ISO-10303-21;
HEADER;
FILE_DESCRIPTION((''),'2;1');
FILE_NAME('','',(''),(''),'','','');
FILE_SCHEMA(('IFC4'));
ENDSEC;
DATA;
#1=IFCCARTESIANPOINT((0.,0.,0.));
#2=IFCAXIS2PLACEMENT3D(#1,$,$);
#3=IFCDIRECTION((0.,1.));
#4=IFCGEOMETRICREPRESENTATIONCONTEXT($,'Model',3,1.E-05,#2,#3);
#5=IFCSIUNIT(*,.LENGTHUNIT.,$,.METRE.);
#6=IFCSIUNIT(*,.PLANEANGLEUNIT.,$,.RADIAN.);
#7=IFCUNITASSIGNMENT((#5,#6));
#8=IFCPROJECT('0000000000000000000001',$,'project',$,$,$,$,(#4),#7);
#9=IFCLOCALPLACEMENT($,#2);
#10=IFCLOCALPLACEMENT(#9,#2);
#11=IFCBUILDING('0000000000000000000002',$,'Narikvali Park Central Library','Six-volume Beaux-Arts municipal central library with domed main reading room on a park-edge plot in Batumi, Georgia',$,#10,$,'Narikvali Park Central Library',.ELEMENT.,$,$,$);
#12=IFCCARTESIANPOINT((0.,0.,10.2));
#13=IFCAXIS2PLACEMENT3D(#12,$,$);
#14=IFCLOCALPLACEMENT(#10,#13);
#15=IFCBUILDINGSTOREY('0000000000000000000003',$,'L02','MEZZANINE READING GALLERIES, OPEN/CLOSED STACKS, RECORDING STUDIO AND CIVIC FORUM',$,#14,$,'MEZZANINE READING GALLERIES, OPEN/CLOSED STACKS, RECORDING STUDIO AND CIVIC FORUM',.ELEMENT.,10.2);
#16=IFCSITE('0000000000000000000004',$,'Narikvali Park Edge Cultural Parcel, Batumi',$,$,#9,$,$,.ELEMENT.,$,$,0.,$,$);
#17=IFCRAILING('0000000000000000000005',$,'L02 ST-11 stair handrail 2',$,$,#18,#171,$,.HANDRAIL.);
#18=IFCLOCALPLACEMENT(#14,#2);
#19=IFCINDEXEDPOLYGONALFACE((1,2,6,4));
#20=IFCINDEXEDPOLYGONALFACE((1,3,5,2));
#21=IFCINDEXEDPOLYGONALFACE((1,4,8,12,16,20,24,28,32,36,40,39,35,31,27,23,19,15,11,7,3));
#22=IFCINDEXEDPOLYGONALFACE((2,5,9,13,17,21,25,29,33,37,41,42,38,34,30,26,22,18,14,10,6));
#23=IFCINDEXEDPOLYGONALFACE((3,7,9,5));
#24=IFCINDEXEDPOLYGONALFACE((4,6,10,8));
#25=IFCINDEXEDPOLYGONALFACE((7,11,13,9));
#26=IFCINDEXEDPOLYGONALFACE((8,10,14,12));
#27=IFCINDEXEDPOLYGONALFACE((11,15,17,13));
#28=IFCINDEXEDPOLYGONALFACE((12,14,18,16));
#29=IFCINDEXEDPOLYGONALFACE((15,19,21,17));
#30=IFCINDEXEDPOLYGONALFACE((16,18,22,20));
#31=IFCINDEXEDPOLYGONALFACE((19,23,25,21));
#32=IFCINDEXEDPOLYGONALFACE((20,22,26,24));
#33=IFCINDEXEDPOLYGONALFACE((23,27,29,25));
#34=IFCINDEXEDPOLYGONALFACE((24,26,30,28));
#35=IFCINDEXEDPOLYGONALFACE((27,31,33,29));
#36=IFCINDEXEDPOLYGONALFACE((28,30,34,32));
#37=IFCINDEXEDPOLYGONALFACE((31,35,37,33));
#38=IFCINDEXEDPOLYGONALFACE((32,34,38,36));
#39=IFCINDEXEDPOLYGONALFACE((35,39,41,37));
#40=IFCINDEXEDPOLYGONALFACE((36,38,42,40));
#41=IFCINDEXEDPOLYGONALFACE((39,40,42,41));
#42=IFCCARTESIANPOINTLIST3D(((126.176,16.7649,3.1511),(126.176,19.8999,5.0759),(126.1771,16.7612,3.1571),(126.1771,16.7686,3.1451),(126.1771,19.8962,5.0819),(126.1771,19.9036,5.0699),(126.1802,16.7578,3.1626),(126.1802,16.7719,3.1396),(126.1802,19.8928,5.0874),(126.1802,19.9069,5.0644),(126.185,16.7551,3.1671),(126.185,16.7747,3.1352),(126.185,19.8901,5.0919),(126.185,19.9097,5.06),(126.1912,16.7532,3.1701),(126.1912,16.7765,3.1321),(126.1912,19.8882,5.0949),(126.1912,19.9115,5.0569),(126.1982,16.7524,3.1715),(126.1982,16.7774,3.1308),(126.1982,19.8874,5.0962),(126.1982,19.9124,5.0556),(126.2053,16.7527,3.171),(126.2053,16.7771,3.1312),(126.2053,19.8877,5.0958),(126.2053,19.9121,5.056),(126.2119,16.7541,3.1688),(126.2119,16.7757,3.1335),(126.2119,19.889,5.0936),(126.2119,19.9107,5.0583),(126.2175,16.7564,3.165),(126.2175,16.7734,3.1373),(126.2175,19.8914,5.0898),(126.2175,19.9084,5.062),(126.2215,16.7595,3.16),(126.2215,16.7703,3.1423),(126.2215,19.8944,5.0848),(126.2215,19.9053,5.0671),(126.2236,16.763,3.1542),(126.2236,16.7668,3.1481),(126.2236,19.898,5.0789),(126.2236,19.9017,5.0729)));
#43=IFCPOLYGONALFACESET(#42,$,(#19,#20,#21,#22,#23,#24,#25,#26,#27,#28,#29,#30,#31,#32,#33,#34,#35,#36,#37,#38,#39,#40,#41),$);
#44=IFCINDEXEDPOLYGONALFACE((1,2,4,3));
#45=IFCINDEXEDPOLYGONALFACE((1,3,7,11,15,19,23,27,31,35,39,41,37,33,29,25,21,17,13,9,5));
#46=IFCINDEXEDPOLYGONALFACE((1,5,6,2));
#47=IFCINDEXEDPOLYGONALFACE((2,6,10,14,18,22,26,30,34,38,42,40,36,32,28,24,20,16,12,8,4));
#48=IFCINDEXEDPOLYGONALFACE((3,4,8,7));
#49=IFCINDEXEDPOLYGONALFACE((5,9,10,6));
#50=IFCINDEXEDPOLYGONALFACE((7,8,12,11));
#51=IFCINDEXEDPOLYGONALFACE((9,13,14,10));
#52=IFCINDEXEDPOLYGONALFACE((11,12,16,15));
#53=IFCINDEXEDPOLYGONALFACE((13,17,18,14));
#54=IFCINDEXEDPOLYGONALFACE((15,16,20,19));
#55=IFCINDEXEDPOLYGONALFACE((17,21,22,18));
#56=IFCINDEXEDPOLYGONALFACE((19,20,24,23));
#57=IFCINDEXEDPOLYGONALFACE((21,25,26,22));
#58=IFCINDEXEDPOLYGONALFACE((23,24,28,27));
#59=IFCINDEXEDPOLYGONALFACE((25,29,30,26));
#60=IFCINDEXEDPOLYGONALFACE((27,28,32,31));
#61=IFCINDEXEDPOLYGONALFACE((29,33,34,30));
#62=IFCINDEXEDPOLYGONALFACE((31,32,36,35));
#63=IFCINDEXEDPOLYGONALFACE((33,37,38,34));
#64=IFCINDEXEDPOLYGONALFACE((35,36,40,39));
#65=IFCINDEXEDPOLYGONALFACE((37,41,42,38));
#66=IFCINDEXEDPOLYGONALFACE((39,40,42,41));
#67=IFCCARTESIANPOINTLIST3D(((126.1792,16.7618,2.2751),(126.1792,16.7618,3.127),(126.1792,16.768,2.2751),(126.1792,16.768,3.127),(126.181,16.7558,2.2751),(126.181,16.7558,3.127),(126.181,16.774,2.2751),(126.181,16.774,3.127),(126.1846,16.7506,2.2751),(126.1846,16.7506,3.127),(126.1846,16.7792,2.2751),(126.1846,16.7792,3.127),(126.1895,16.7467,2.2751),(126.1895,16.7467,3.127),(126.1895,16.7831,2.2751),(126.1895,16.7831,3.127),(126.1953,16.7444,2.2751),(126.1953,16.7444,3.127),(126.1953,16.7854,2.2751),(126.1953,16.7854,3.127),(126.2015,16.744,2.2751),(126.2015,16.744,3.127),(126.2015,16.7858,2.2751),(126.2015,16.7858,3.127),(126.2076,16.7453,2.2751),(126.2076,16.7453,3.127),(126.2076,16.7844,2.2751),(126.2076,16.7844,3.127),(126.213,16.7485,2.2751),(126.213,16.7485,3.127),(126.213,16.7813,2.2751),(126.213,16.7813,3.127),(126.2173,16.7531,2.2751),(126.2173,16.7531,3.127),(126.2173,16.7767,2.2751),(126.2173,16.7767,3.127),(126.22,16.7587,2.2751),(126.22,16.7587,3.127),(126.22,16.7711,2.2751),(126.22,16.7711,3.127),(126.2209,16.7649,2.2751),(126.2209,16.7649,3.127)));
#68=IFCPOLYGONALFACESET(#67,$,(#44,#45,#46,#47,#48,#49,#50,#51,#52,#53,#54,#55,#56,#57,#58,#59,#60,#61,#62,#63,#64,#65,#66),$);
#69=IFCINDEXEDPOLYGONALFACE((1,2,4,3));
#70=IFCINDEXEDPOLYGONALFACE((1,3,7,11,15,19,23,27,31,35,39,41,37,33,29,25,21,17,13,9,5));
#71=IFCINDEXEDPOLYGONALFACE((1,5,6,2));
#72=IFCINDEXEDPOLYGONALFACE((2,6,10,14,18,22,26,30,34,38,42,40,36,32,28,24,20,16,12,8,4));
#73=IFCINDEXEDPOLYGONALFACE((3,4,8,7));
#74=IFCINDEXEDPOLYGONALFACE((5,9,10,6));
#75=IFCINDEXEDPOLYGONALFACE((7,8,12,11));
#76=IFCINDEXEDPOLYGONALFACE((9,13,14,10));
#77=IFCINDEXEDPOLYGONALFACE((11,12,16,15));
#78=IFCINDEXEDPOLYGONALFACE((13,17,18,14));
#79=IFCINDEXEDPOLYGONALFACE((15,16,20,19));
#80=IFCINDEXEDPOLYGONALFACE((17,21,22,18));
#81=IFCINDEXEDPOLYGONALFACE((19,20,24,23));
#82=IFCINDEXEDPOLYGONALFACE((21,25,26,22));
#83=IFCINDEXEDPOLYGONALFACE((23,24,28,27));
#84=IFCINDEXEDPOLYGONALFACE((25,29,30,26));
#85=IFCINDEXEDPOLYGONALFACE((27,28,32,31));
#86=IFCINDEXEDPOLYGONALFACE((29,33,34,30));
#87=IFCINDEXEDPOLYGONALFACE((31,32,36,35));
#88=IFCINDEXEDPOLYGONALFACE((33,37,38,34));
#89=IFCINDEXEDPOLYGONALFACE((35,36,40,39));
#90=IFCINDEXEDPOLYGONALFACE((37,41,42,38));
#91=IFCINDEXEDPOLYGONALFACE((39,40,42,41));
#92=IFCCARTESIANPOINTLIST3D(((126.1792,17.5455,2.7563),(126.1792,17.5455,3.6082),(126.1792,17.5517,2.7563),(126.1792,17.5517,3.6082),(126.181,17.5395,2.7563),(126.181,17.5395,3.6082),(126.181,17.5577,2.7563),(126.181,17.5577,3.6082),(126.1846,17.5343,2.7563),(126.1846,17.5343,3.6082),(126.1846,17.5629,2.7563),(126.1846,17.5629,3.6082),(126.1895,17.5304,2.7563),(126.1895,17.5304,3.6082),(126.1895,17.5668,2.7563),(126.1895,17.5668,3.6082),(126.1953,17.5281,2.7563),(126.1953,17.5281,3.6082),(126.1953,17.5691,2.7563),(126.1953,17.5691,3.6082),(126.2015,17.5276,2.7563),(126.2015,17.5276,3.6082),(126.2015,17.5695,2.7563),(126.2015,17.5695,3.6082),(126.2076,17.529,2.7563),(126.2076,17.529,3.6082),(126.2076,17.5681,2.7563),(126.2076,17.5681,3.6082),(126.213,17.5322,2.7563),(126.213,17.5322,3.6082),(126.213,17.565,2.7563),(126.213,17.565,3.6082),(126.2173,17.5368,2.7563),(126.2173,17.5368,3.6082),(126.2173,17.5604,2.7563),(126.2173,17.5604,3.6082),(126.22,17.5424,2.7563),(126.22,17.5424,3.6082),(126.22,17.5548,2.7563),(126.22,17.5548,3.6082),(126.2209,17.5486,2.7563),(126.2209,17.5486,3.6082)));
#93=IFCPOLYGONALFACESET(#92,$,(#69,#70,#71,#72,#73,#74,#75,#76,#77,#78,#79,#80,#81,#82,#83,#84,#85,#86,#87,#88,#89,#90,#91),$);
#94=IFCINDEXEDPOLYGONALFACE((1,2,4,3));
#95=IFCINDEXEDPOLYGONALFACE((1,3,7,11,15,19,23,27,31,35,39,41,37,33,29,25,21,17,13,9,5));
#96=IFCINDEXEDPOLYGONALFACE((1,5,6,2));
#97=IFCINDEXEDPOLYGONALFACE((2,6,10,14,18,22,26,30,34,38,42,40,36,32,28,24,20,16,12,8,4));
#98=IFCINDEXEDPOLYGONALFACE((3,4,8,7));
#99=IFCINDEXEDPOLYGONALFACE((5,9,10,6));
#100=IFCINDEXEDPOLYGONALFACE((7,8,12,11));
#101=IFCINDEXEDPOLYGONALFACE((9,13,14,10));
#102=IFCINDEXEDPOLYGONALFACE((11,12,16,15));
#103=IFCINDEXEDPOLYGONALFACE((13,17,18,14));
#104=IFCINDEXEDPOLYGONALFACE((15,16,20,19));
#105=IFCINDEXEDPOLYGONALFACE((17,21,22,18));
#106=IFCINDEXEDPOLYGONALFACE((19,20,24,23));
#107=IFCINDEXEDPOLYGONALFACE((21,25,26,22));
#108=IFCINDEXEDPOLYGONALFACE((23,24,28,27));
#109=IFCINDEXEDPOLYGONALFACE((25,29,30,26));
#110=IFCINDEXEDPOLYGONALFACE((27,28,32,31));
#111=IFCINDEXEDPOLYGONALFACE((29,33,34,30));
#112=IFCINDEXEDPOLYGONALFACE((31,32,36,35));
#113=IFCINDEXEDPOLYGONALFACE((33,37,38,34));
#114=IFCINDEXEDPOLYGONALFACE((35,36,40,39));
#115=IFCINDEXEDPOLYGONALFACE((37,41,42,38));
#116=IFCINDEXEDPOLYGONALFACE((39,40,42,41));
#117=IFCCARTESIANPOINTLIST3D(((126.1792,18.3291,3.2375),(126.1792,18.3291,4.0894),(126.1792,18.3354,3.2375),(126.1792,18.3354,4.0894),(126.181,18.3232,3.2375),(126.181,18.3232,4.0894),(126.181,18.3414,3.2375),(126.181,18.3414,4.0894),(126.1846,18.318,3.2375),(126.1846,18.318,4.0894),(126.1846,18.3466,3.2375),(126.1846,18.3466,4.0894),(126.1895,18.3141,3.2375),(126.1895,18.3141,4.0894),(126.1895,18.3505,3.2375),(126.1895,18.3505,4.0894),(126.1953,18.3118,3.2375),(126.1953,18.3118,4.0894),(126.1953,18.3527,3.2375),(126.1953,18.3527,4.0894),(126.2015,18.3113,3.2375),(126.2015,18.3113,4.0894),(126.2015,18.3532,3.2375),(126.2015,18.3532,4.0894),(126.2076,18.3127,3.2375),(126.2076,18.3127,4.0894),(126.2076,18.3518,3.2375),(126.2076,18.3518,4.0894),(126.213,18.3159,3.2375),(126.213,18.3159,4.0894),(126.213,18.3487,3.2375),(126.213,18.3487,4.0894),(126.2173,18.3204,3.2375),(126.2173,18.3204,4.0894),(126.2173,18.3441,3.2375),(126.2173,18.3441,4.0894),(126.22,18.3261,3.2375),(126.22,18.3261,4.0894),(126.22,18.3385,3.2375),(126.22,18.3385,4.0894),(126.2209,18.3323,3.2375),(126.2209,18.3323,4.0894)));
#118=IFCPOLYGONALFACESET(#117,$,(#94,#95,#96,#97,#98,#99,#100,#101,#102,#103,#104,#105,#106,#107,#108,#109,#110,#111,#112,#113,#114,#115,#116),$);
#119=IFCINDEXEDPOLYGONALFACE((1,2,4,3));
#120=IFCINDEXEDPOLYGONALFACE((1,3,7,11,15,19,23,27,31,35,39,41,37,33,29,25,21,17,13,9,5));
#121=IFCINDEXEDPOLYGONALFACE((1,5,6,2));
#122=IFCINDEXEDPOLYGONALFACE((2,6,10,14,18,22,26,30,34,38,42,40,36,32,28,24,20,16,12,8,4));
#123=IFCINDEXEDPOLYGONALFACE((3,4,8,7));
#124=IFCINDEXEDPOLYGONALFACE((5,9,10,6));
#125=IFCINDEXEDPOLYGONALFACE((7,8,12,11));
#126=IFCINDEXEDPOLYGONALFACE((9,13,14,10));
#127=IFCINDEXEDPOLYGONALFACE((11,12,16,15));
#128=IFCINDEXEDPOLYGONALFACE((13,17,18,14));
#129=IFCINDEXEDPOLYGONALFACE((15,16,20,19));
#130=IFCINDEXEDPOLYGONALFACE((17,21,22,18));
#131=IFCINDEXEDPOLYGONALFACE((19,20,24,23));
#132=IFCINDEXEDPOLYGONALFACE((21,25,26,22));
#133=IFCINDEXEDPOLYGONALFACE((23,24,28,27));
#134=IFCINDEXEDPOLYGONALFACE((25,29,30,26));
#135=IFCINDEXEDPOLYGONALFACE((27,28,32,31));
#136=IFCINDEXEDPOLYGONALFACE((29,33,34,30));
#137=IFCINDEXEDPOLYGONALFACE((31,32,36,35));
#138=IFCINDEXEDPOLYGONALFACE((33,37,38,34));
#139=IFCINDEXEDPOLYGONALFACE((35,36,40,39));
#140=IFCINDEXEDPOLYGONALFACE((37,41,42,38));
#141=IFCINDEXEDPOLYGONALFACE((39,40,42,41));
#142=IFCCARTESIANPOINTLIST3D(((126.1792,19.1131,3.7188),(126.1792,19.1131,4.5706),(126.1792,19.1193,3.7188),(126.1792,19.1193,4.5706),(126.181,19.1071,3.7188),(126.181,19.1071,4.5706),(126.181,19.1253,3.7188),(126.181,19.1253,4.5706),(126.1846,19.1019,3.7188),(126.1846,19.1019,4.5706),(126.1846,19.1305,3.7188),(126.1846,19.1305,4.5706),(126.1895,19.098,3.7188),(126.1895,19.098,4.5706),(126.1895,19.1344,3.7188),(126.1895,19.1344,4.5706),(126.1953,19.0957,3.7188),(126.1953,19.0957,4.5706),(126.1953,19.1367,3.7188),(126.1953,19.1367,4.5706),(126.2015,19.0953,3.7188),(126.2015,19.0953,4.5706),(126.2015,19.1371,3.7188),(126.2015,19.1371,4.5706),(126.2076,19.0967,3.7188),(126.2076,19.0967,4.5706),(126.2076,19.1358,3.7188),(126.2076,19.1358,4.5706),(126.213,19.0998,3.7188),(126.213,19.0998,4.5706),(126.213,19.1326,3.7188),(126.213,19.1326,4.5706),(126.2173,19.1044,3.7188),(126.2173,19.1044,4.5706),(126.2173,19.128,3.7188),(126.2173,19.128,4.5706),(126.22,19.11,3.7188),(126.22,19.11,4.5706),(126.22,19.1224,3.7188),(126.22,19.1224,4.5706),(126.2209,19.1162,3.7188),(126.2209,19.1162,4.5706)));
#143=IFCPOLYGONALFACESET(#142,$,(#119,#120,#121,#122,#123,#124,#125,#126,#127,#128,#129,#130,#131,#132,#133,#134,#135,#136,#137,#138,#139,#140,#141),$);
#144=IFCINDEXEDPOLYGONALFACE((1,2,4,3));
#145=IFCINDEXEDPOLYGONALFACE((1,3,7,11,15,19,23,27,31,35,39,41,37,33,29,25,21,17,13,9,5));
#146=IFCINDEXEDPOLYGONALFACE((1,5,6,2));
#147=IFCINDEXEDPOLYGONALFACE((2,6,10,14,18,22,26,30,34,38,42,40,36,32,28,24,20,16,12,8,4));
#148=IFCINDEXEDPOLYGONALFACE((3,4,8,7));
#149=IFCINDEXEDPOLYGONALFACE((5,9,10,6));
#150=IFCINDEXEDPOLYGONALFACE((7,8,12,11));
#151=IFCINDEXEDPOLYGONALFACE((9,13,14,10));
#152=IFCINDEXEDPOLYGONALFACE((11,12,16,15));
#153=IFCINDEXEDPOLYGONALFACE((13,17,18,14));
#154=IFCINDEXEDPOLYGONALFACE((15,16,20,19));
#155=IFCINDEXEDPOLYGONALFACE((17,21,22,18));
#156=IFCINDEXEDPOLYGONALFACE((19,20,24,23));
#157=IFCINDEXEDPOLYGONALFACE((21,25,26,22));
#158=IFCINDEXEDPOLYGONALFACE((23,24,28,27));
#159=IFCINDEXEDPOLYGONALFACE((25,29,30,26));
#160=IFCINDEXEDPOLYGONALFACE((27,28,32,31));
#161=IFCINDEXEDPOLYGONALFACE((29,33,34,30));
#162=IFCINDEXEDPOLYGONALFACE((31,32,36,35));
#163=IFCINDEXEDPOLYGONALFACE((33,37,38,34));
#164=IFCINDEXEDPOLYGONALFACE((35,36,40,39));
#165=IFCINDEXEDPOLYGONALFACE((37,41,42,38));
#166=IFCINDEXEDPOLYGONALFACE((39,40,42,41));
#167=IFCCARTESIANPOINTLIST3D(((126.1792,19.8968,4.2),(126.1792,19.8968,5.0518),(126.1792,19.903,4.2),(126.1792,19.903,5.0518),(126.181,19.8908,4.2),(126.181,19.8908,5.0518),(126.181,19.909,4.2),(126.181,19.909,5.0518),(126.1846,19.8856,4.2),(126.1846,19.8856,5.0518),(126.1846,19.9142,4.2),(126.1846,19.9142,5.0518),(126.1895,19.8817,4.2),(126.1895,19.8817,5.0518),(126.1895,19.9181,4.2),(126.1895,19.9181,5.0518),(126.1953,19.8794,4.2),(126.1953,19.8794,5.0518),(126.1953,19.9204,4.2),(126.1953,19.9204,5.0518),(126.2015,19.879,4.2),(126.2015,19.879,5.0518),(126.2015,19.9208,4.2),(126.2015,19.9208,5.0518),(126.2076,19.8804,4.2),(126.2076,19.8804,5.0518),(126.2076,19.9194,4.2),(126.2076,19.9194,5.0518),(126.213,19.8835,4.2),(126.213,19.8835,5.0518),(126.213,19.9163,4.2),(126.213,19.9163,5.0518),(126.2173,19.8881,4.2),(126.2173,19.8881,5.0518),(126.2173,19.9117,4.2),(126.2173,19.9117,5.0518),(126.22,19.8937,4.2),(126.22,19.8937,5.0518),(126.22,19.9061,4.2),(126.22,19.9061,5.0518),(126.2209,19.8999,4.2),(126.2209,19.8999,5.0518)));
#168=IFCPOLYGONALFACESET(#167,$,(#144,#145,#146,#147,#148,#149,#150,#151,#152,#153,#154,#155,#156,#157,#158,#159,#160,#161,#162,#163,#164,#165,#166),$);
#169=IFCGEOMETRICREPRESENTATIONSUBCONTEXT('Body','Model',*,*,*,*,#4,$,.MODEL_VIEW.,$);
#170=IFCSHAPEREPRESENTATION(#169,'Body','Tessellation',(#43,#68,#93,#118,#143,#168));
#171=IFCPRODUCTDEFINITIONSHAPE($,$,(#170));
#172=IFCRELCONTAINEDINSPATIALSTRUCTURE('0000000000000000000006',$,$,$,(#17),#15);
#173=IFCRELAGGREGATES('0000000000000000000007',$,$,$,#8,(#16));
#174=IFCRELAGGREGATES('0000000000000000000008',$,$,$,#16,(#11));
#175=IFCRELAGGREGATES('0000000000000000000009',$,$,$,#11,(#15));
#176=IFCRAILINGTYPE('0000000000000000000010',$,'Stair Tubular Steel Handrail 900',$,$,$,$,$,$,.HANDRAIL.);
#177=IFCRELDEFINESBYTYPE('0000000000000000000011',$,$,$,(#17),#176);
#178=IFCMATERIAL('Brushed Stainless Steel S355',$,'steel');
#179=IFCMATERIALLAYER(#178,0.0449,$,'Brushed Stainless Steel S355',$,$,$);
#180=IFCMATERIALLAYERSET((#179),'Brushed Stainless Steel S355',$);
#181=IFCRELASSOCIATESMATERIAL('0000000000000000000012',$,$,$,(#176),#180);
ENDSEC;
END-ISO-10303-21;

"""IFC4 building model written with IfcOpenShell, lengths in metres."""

from ifc_helpers import new_model, si_unit, direction, frame, origin, origin_2d, place, context, subcontext, project, spatial, circle, extrude, material, layer, layer_set, type_object, element, save


model = new_model("IFC4")

# Units and contexts
model_context = context("Model", 3, precision=1e-05, world=origin(), true_north=direction((0.0, 1.0)))
body_context = subcontext(model_context, "Body", "Model", "MODEL_VIEW")
ifc_project = project(units=[si_unit("LENGTHUNIT", "METRE"), si_unit("PLANEANGLEUNIT", "RADIAN")], contexts=[model_context])

# Site, building, storey
site_placement = place(None, origin())
site = spatial("IfcSite", under=ifc_project, at=site_placement, Name="Narikvali Park Edge Cultural Parcel, Batumi", CompositionType="ELEMENT", RefElevation=0.0)
building_placement = place(site_placement, origin())
building = spatial("IfcBuilding", under=site, at=building_placement, Name="Narikvali Park Central Library", Description="Six-volume Beaux-Arts municipal central library with domed main reading room on a park-edge plot in Batumi, Georgia", LongName="Narikvali Park Central Library", CompositionType="ELEMENT")
storey_placement = place(building_placement, frame((0.0, 0.0, 10.2)))
storey = spatial("IfcBuildingStorey", under=building, at=storey_placement, Name="L02", Description="MEZZANINE READING GALLERIES, OPEN/CLOSED STACKS, RECORDING STUDIO AND CIVIC FORUM", LongName="MEZZANINE READING GALLERIES, OPEN/CLOSED STACKS, RECORDING STUDIO AND CIVIC FORUM", CompositionType="ELEMENT", Elevation=10.2)

# Shared definitions
ifc_material_1 = material(Name="Brushed Stainless Steel S355", Category="steel")

# Railing
ifc_layer_1 = layer(ifc_material_1, 0.0449, Name="Brushed Stainless Steel S355")
ifc_layer_set_1 = layer_set([ifc_layer_1], Name="Brushed Stainless Steel S355")
railing_type_1 = type_object("IfcRailingType", Name="Stair Tubular Steel Handrail 900", PredefinedType="HANDRAIL", material=ifc_layer_set_1)
railing_1_placement = place(storey_placement, frame((126.2, 16.7649, 2.2751)))
element("IfcRailing", 1, at=railing_1_placement, inside=storey, type_object=railing_type_1, Name="L02 ST-11 stair handrail 2", PredefinedType="HANDRAIL", context=body_context, shape_type="SweptSolid", body=[
    extrude(circle(Radius=0.0239, at=origin_2d()), frame((0.0, 0.0, 0.876), z_axis=(0.0, 0.852196, 0.523223), x_axis=(-1.0, 0.0, 0.0)), (0.0, 0.0, 1.0), 3.6787),
    extrude(circle(Radius=0.021, at=origin_2d()), origin(), (0.0, 0.0, 1.0), 0.8518),
    extrude(circle(Radius=0.021, at=origin_2d()), frame((0.0, 0.7837, 0.4812)), (0.0, 0.0, 1.0), 0.8518),
    extrude(circle(Radius=0.021, at=origin_2d()), frame((0.0, 1.5674, 0.9624)), (0.0, 0.0, 1.0), 0.8518),
    extrude(circle(Radius=0.021, at=origin_2d()), frame((0.0, 2.3513, 1.4436)), (0.0, 0.0, 1.0), 0.8518),
    extrude(circle(Radius=0.021, at=origin_2d()), frame((0.0, 3.135, 1.9248)), (0.0, 0.0, 1.0), 0.8518),
])

save(model, "model.ifc")
